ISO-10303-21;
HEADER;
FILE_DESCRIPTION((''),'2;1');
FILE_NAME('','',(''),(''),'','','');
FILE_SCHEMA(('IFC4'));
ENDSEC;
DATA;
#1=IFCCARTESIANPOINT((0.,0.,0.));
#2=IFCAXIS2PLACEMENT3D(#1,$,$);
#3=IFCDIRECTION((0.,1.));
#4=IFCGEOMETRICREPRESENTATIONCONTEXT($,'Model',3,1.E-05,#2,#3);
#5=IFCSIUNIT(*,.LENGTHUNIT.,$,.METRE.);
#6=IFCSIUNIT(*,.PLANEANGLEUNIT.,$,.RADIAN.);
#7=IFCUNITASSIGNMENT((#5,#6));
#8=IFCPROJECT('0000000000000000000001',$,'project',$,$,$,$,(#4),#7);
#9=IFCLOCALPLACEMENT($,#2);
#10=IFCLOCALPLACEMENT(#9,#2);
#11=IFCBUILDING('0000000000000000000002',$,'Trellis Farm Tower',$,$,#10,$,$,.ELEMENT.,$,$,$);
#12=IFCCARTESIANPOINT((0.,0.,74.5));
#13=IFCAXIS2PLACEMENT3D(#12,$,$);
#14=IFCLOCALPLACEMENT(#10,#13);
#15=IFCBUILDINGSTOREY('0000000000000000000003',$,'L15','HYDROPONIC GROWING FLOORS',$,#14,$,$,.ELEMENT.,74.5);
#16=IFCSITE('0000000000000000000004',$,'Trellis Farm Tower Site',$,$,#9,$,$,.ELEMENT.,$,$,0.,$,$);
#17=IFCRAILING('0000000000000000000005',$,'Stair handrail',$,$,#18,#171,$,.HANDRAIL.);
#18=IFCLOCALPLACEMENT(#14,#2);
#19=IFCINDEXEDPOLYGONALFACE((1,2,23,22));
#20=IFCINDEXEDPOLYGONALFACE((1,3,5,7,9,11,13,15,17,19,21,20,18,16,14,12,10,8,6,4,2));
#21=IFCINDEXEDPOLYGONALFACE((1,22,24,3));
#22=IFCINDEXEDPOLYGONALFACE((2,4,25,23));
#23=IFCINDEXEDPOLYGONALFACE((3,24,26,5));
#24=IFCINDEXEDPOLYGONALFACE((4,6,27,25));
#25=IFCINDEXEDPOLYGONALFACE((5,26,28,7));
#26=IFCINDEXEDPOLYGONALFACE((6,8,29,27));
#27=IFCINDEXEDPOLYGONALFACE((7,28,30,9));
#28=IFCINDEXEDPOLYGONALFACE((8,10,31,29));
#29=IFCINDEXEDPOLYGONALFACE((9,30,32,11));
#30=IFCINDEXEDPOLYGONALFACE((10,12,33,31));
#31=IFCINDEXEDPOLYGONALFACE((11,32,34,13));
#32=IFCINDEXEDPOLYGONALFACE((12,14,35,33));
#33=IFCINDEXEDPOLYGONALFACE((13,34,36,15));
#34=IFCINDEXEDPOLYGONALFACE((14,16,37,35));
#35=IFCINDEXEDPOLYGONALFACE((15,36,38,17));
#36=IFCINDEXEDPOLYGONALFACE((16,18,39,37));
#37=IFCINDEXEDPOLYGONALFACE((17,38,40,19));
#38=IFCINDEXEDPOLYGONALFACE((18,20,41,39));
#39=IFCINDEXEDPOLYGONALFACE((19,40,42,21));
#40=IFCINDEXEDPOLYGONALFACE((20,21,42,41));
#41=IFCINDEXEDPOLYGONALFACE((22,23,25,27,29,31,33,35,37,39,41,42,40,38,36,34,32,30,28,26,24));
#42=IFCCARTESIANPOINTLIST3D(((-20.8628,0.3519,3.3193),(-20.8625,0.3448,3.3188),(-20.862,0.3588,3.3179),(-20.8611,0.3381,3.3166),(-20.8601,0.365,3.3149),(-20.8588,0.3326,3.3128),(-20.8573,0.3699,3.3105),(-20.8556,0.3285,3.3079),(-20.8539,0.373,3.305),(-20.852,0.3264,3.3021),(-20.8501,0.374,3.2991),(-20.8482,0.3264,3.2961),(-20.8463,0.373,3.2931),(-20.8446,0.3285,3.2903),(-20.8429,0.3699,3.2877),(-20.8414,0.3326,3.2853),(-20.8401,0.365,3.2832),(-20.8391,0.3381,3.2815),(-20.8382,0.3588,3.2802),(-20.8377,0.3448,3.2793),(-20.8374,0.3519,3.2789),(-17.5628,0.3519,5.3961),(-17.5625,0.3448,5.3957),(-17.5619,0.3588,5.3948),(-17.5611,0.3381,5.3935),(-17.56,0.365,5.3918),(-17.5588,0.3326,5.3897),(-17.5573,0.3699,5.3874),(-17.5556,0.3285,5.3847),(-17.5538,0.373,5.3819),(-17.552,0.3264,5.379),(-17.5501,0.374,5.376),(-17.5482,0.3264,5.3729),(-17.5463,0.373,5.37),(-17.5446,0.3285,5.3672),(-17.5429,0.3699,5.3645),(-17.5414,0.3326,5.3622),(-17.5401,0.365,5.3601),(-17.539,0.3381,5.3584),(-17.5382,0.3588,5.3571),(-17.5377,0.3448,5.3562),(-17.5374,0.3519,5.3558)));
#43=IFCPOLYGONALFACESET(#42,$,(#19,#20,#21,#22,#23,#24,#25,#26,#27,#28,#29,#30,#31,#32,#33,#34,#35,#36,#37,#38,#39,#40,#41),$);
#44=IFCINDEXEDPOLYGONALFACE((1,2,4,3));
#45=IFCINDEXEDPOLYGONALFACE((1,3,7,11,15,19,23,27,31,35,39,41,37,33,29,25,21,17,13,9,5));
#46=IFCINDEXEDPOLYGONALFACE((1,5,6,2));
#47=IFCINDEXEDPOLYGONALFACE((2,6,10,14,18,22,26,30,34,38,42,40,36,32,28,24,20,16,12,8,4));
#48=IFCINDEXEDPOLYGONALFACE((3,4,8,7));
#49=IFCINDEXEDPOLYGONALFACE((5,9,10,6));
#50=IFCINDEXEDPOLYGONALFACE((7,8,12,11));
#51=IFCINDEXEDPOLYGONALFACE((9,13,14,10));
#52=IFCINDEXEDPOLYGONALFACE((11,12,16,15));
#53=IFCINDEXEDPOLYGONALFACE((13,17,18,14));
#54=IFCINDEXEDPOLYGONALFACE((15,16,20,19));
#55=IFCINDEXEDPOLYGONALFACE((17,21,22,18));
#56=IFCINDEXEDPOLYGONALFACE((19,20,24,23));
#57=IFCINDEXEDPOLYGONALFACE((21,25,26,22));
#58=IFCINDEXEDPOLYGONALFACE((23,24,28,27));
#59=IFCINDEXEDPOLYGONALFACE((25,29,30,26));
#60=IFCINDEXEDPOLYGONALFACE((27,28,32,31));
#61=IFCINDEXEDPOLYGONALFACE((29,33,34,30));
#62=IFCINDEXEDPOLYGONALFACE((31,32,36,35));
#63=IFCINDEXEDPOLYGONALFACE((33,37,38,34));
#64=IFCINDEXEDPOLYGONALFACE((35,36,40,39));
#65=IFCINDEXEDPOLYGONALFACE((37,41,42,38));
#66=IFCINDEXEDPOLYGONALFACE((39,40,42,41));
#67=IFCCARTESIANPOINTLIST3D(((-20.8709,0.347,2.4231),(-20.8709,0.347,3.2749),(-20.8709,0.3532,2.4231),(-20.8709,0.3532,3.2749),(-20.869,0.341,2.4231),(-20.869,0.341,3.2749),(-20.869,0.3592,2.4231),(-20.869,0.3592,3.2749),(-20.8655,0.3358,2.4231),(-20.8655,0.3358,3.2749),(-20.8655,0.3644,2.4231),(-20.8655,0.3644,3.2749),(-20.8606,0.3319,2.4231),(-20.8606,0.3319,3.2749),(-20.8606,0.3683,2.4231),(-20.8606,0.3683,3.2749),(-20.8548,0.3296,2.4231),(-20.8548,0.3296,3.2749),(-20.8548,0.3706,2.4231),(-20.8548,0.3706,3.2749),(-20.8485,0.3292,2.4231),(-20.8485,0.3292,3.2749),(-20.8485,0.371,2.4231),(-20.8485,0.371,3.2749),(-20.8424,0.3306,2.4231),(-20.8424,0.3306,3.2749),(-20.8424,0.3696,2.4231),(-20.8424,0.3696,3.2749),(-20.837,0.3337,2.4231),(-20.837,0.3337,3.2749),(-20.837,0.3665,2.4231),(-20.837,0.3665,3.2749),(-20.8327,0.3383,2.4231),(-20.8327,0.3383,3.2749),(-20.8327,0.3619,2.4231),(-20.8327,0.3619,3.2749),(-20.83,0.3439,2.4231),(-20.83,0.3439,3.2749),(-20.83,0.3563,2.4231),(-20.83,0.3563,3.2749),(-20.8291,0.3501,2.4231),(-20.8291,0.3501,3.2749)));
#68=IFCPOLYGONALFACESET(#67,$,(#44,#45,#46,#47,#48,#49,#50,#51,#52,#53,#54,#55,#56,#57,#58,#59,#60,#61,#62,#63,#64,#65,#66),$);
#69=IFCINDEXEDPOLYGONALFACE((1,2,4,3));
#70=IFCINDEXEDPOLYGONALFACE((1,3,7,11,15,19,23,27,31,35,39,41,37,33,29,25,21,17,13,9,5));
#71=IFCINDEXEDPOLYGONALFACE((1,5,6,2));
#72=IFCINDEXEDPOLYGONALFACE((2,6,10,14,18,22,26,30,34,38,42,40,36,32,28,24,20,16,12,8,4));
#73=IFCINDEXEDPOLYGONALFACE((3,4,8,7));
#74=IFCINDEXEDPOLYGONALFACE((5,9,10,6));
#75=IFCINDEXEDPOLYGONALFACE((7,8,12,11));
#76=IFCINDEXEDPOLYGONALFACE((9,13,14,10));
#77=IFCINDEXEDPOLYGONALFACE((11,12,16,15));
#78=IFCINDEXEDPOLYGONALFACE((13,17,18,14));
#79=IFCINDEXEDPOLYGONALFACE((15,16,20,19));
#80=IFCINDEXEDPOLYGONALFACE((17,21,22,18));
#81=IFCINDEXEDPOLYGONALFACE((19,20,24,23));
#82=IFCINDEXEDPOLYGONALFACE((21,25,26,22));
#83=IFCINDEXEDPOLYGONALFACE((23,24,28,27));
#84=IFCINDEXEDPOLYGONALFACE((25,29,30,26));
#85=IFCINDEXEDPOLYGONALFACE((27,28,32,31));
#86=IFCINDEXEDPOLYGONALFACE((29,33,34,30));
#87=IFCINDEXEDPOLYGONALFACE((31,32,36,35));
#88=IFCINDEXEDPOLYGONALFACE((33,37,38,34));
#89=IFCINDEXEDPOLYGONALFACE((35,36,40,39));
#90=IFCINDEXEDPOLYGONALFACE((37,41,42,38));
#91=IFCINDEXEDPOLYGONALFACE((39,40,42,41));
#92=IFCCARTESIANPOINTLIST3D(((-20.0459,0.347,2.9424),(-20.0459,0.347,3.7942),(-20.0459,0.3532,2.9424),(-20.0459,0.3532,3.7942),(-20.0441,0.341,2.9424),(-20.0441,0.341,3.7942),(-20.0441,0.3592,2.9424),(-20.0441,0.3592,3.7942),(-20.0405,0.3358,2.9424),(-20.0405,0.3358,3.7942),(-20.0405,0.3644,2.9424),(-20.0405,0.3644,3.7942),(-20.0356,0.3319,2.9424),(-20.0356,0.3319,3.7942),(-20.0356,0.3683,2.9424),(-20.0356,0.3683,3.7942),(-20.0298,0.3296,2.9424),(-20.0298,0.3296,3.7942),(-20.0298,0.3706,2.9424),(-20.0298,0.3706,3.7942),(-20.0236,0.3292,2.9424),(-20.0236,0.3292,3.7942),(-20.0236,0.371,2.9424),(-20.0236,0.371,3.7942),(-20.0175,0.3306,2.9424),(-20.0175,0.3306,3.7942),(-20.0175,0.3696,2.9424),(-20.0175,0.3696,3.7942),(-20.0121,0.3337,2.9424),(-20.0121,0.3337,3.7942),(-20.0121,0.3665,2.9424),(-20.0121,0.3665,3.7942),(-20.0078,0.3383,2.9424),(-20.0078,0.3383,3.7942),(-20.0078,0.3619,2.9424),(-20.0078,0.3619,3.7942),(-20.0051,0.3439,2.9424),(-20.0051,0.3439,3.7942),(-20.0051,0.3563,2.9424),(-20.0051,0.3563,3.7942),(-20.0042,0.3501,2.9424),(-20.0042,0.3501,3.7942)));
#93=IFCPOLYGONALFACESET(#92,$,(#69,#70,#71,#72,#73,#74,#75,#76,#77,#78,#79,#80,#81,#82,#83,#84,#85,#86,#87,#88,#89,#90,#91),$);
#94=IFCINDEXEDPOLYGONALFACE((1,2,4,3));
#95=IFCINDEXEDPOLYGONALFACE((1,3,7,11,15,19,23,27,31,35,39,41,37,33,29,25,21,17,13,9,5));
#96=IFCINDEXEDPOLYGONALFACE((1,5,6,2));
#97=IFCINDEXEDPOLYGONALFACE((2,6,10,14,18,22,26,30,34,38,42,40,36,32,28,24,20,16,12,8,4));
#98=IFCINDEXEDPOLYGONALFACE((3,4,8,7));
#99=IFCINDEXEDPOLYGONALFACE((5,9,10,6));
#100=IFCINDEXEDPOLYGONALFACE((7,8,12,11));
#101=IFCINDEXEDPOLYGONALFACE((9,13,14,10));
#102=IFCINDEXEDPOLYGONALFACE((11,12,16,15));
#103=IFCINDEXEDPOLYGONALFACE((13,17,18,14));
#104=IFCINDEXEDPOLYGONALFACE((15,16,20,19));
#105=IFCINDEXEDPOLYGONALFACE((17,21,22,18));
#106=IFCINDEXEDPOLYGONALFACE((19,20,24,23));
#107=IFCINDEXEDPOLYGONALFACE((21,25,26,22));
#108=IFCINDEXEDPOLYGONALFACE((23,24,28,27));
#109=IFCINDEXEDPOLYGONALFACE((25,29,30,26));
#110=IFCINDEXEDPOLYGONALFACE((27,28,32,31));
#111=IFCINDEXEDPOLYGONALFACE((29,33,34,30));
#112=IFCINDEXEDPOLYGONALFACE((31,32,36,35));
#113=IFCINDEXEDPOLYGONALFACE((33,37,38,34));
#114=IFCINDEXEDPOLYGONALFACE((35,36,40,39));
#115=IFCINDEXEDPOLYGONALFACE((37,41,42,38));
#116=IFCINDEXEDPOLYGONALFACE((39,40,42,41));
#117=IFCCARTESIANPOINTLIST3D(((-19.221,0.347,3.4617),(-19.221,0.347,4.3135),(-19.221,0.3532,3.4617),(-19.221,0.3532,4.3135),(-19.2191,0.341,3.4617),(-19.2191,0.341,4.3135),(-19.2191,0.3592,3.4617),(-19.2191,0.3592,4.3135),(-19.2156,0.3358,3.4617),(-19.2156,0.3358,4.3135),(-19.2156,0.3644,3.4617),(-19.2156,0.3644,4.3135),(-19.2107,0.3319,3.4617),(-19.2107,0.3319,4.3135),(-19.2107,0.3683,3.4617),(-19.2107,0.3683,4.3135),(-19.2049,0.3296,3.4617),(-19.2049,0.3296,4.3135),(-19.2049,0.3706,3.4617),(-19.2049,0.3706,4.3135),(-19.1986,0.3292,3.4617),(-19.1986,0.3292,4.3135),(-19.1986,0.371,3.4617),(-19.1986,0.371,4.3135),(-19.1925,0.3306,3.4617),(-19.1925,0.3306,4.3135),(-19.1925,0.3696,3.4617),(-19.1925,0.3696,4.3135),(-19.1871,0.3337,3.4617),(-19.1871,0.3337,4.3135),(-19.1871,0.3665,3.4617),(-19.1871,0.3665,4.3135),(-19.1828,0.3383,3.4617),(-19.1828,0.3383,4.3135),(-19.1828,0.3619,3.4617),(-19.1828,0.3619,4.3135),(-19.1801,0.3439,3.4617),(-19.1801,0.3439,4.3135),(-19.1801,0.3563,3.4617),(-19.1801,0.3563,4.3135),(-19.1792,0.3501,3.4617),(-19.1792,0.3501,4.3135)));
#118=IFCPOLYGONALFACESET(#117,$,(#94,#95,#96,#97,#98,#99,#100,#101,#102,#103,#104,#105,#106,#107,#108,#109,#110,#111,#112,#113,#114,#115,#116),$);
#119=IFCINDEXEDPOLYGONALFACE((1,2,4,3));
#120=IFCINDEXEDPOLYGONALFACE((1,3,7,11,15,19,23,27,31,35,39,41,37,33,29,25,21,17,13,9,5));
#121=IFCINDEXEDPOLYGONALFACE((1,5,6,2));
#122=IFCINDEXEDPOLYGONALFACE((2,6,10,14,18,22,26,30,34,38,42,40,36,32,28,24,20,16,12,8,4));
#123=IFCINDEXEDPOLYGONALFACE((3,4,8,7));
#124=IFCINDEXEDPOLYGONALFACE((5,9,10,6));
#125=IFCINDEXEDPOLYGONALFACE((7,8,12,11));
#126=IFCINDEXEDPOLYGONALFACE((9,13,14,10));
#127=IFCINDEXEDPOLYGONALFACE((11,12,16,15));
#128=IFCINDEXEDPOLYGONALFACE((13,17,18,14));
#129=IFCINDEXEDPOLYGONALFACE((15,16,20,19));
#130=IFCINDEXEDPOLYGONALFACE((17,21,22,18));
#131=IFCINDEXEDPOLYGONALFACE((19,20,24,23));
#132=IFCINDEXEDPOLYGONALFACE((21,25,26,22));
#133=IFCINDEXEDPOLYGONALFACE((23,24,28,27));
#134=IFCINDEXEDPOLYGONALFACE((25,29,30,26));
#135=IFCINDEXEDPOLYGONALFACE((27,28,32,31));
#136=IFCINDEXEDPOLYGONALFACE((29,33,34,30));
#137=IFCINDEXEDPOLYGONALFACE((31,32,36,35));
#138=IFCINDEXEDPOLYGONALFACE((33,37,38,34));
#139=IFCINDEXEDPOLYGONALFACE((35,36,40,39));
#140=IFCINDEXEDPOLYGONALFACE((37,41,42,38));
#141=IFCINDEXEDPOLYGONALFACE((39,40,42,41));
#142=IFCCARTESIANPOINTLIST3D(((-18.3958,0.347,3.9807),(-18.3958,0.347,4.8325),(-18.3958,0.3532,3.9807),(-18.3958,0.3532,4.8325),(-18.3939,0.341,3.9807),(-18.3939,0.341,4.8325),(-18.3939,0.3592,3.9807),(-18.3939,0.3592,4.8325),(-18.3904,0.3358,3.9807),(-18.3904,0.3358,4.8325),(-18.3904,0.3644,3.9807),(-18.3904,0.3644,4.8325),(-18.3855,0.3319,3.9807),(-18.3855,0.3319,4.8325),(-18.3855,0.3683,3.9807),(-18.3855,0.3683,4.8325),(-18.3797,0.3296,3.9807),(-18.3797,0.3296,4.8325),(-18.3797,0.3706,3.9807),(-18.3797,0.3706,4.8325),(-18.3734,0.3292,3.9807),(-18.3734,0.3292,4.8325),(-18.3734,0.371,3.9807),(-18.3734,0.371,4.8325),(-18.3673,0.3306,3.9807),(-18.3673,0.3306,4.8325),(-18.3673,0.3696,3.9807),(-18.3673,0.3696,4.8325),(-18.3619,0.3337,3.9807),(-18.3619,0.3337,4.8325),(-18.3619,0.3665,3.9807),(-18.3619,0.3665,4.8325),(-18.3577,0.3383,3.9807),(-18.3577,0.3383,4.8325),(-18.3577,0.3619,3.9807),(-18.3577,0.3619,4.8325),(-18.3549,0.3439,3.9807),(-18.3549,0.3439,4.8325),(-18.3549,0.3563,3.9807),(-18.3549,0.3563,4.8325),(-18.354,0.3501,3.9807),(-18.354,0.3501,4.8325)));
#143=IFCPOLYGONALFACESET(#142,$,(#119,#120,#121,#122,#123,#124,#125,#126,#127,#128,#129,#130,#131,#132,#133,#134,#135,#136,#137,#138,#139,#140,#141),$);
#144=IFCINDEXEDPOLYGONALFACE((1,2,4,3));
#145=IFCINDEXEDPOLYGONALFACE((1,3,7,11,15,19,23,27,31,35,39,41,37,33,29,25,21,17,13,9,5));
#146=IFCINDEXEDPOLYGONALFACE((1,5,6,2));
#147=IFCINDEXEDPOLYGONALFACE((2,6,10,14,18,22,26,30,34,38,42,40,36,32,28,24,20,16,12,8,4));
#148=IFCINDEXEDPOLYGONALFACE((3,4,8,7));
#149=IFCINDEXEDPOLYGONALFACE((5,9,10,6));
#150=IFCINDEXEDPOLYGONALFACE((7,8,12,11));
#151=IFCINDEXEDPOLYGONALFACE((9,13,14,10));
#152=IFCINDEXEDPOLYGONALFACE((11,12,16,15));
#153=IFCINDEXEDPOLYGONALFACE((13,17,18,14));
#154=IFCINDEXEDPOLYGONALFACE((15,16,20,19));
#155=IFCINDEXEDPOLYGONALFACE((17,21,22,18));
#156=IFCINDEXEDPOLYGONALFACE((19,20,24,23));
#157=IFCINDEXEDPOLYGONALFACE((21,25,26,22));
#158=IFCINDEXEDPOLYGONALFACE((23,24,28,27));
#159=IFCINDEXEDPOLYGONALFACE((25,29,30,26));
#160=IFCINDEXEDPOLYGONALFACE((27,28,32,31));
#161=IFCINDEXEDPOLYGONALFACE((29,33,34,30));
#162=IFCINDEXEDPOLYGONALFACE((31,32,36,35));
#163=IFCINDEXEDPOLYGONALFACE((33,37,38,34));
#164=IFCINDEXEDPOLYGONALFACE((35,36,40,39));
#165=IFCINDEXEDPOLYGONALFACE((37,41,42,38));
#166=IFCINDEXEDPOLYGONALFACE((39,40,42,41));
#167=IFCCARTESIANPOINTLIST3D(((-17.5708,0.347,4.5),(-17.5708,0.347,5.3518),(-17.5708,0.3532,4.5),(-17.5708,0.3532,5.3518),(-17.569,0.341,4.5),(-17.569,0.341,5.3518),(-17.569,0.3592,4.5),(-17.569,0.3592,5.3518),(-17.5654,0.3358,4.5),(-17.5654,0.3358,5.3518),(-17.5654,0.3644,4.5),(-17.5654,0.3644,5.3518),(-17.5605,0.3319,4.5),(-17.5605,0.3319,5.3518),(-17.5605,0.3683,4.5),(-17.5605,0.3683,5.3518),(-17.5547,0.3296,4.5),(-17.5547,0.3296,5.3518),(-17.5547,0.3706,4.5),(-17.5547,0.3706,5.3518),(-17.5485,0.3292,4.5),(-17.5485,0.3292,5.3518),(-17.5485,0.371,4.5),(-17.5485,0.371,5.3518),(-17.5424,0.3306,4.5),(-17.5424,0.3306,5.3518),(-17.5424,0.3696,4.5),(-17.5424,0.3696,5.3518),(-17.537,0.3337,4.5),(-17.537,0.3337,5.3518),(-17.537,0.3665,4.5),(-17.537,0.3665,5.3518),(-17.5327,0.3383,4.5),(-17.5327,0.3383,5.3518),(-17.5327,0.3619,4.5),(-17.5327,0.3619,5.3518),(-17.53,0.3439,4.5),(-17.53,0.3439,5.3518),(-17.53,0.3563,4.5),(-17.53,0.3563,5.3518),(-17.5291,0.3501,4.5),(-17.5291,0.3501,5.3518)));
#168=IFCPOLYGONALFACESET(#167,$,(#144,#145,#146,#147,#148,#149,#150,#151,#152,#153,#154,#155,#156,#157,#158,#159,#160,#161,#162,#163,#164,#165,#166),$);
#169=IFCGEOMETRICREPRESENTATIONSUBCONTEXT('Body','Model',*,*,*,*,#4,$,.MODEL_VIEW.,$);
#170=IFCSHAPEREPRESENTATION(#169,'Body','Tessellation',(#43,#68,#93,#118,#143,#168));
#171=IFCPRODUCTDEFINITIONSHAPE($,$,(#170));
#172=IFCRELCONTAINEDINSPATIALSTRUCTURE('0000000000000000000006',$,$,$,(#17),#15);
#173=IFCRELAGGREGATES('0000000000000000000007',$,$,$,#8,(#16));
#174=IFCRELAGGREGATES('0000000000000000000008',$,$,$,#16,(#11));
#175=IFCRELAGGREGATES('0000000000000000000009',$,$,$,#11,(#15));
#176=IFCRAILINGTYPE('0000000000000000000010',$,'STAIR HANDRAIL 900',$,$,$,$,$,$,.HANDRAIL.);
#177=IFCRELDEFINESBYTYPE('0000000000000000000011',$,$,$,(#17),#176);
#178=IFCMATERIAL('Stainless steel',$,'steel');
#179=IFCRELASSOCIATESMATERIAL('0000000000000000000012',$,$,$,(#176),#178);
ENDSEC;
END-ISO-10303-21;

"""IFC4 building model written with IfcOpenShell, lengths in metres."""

from ifc_helpers import new_model, si_unit, direction, frame, origin, origin_2d, place, context, subcontext, project, spatial, circle, extrude, source, transform, mapped, material, type_object, element, save


model = new_model("IFC4")

# Units and contexts
model_context = context("Model", 3, precision=1e-05, world=origin(), true_north=direction((0.0, 1.0)))
body_context = subcontext(model_context, "Body", "Model", "MODEL_VIEW")
ifc_project = project(units=[si_unit("LENGTHUNIT", "METRE"), si_unit("PLANEANGLEUNIT", "RADIAN")], contexts=[model_context])

# Site, building, storey
site_placement = place(None, origin())
site = spatial("IfcSite", under=ifc_project, at=site_placement, Name="Trellis Farm Tower Site", CompositionType="ELEMENT", RefElevation=0.0)
building_placement = place(site_placement, origin())
building = spatial("IfcBuilding", under=site, at=building_placement, Name="Trellis Farm Tower", CompositionType="ELEMENT")
storey_placement = place(building_placement, frame((0.0, 0.0, 74.5)))
storey = spatial("IfcBuildingStorey", under=building, at=storey_placement, Name="L15", Description="HYDROPONIC GROWING FLOORS", CompositionType="ELEMENT", Elevation=74.5)

# Railing
ifc_material_1 = material(Name="Stainless steel", Category="steel")
railing_type = type_object("IfcRailingType", Name="STAIR HANDRAIL 900", PredefinedType="HANDRAIL", material=ifc_material_1)
shared_shape_1 = source(origin(), body_context, "Body", "SweptSolid", [
    extrude(circle(Radius=0.0239, at=origin_2d()), frame((0.0, 0.0, 0.876), z_axis=(0.846337, 0.0, 0.532647), x_axis=(0.0, 1.0, 0.0)), (0.0, 0.0, 1.0), 3.8992),
    extrude(circle(Radius=0.021, at=origin_2d()), origin(), (0.0, 0.0, 1.0), 0.8518),
    extrude(circle(Radius=0.021, at=origin_2d()), frame((0.825, 0.0, 0.5193)), (0.0, 0.0, 1.0), 0.8518),
    extrude(circle(Radius=0.021, at=origin_2d()), frame((1.6499, 0.0, 1.0386)), (0.0, 0.0, 1.0), 0.8518),
    extrude(circle(Radius=0.021, at=origin_2d()), frame((2.4751, 0.0, 1.5576)), (0.0, 0.0, 1.0), 0.8518),
    extrude(circle(Radius=0.021, at=origin_2d()), frame((3.3, 0.0, 2.0769)), (0.0, 0.0, 1.0), 0.8518),
])
for number, where, name in (
    (1, (-20.8501, 0.3501, 2.4231), "Stair handrail"),
):
    element("IfcRailing", number, at=place(storey_placement, frame(where)), inside=storey, type_object=railing_type, Name=name, PredefinedType="HANDRAIL", context=body_context, shape_type="MappedRepresentation", body=[
        mapped(shared_shape_1, transform((0.0, 0.0, 0.0))),
    ])

save(model, "model.ifc")
